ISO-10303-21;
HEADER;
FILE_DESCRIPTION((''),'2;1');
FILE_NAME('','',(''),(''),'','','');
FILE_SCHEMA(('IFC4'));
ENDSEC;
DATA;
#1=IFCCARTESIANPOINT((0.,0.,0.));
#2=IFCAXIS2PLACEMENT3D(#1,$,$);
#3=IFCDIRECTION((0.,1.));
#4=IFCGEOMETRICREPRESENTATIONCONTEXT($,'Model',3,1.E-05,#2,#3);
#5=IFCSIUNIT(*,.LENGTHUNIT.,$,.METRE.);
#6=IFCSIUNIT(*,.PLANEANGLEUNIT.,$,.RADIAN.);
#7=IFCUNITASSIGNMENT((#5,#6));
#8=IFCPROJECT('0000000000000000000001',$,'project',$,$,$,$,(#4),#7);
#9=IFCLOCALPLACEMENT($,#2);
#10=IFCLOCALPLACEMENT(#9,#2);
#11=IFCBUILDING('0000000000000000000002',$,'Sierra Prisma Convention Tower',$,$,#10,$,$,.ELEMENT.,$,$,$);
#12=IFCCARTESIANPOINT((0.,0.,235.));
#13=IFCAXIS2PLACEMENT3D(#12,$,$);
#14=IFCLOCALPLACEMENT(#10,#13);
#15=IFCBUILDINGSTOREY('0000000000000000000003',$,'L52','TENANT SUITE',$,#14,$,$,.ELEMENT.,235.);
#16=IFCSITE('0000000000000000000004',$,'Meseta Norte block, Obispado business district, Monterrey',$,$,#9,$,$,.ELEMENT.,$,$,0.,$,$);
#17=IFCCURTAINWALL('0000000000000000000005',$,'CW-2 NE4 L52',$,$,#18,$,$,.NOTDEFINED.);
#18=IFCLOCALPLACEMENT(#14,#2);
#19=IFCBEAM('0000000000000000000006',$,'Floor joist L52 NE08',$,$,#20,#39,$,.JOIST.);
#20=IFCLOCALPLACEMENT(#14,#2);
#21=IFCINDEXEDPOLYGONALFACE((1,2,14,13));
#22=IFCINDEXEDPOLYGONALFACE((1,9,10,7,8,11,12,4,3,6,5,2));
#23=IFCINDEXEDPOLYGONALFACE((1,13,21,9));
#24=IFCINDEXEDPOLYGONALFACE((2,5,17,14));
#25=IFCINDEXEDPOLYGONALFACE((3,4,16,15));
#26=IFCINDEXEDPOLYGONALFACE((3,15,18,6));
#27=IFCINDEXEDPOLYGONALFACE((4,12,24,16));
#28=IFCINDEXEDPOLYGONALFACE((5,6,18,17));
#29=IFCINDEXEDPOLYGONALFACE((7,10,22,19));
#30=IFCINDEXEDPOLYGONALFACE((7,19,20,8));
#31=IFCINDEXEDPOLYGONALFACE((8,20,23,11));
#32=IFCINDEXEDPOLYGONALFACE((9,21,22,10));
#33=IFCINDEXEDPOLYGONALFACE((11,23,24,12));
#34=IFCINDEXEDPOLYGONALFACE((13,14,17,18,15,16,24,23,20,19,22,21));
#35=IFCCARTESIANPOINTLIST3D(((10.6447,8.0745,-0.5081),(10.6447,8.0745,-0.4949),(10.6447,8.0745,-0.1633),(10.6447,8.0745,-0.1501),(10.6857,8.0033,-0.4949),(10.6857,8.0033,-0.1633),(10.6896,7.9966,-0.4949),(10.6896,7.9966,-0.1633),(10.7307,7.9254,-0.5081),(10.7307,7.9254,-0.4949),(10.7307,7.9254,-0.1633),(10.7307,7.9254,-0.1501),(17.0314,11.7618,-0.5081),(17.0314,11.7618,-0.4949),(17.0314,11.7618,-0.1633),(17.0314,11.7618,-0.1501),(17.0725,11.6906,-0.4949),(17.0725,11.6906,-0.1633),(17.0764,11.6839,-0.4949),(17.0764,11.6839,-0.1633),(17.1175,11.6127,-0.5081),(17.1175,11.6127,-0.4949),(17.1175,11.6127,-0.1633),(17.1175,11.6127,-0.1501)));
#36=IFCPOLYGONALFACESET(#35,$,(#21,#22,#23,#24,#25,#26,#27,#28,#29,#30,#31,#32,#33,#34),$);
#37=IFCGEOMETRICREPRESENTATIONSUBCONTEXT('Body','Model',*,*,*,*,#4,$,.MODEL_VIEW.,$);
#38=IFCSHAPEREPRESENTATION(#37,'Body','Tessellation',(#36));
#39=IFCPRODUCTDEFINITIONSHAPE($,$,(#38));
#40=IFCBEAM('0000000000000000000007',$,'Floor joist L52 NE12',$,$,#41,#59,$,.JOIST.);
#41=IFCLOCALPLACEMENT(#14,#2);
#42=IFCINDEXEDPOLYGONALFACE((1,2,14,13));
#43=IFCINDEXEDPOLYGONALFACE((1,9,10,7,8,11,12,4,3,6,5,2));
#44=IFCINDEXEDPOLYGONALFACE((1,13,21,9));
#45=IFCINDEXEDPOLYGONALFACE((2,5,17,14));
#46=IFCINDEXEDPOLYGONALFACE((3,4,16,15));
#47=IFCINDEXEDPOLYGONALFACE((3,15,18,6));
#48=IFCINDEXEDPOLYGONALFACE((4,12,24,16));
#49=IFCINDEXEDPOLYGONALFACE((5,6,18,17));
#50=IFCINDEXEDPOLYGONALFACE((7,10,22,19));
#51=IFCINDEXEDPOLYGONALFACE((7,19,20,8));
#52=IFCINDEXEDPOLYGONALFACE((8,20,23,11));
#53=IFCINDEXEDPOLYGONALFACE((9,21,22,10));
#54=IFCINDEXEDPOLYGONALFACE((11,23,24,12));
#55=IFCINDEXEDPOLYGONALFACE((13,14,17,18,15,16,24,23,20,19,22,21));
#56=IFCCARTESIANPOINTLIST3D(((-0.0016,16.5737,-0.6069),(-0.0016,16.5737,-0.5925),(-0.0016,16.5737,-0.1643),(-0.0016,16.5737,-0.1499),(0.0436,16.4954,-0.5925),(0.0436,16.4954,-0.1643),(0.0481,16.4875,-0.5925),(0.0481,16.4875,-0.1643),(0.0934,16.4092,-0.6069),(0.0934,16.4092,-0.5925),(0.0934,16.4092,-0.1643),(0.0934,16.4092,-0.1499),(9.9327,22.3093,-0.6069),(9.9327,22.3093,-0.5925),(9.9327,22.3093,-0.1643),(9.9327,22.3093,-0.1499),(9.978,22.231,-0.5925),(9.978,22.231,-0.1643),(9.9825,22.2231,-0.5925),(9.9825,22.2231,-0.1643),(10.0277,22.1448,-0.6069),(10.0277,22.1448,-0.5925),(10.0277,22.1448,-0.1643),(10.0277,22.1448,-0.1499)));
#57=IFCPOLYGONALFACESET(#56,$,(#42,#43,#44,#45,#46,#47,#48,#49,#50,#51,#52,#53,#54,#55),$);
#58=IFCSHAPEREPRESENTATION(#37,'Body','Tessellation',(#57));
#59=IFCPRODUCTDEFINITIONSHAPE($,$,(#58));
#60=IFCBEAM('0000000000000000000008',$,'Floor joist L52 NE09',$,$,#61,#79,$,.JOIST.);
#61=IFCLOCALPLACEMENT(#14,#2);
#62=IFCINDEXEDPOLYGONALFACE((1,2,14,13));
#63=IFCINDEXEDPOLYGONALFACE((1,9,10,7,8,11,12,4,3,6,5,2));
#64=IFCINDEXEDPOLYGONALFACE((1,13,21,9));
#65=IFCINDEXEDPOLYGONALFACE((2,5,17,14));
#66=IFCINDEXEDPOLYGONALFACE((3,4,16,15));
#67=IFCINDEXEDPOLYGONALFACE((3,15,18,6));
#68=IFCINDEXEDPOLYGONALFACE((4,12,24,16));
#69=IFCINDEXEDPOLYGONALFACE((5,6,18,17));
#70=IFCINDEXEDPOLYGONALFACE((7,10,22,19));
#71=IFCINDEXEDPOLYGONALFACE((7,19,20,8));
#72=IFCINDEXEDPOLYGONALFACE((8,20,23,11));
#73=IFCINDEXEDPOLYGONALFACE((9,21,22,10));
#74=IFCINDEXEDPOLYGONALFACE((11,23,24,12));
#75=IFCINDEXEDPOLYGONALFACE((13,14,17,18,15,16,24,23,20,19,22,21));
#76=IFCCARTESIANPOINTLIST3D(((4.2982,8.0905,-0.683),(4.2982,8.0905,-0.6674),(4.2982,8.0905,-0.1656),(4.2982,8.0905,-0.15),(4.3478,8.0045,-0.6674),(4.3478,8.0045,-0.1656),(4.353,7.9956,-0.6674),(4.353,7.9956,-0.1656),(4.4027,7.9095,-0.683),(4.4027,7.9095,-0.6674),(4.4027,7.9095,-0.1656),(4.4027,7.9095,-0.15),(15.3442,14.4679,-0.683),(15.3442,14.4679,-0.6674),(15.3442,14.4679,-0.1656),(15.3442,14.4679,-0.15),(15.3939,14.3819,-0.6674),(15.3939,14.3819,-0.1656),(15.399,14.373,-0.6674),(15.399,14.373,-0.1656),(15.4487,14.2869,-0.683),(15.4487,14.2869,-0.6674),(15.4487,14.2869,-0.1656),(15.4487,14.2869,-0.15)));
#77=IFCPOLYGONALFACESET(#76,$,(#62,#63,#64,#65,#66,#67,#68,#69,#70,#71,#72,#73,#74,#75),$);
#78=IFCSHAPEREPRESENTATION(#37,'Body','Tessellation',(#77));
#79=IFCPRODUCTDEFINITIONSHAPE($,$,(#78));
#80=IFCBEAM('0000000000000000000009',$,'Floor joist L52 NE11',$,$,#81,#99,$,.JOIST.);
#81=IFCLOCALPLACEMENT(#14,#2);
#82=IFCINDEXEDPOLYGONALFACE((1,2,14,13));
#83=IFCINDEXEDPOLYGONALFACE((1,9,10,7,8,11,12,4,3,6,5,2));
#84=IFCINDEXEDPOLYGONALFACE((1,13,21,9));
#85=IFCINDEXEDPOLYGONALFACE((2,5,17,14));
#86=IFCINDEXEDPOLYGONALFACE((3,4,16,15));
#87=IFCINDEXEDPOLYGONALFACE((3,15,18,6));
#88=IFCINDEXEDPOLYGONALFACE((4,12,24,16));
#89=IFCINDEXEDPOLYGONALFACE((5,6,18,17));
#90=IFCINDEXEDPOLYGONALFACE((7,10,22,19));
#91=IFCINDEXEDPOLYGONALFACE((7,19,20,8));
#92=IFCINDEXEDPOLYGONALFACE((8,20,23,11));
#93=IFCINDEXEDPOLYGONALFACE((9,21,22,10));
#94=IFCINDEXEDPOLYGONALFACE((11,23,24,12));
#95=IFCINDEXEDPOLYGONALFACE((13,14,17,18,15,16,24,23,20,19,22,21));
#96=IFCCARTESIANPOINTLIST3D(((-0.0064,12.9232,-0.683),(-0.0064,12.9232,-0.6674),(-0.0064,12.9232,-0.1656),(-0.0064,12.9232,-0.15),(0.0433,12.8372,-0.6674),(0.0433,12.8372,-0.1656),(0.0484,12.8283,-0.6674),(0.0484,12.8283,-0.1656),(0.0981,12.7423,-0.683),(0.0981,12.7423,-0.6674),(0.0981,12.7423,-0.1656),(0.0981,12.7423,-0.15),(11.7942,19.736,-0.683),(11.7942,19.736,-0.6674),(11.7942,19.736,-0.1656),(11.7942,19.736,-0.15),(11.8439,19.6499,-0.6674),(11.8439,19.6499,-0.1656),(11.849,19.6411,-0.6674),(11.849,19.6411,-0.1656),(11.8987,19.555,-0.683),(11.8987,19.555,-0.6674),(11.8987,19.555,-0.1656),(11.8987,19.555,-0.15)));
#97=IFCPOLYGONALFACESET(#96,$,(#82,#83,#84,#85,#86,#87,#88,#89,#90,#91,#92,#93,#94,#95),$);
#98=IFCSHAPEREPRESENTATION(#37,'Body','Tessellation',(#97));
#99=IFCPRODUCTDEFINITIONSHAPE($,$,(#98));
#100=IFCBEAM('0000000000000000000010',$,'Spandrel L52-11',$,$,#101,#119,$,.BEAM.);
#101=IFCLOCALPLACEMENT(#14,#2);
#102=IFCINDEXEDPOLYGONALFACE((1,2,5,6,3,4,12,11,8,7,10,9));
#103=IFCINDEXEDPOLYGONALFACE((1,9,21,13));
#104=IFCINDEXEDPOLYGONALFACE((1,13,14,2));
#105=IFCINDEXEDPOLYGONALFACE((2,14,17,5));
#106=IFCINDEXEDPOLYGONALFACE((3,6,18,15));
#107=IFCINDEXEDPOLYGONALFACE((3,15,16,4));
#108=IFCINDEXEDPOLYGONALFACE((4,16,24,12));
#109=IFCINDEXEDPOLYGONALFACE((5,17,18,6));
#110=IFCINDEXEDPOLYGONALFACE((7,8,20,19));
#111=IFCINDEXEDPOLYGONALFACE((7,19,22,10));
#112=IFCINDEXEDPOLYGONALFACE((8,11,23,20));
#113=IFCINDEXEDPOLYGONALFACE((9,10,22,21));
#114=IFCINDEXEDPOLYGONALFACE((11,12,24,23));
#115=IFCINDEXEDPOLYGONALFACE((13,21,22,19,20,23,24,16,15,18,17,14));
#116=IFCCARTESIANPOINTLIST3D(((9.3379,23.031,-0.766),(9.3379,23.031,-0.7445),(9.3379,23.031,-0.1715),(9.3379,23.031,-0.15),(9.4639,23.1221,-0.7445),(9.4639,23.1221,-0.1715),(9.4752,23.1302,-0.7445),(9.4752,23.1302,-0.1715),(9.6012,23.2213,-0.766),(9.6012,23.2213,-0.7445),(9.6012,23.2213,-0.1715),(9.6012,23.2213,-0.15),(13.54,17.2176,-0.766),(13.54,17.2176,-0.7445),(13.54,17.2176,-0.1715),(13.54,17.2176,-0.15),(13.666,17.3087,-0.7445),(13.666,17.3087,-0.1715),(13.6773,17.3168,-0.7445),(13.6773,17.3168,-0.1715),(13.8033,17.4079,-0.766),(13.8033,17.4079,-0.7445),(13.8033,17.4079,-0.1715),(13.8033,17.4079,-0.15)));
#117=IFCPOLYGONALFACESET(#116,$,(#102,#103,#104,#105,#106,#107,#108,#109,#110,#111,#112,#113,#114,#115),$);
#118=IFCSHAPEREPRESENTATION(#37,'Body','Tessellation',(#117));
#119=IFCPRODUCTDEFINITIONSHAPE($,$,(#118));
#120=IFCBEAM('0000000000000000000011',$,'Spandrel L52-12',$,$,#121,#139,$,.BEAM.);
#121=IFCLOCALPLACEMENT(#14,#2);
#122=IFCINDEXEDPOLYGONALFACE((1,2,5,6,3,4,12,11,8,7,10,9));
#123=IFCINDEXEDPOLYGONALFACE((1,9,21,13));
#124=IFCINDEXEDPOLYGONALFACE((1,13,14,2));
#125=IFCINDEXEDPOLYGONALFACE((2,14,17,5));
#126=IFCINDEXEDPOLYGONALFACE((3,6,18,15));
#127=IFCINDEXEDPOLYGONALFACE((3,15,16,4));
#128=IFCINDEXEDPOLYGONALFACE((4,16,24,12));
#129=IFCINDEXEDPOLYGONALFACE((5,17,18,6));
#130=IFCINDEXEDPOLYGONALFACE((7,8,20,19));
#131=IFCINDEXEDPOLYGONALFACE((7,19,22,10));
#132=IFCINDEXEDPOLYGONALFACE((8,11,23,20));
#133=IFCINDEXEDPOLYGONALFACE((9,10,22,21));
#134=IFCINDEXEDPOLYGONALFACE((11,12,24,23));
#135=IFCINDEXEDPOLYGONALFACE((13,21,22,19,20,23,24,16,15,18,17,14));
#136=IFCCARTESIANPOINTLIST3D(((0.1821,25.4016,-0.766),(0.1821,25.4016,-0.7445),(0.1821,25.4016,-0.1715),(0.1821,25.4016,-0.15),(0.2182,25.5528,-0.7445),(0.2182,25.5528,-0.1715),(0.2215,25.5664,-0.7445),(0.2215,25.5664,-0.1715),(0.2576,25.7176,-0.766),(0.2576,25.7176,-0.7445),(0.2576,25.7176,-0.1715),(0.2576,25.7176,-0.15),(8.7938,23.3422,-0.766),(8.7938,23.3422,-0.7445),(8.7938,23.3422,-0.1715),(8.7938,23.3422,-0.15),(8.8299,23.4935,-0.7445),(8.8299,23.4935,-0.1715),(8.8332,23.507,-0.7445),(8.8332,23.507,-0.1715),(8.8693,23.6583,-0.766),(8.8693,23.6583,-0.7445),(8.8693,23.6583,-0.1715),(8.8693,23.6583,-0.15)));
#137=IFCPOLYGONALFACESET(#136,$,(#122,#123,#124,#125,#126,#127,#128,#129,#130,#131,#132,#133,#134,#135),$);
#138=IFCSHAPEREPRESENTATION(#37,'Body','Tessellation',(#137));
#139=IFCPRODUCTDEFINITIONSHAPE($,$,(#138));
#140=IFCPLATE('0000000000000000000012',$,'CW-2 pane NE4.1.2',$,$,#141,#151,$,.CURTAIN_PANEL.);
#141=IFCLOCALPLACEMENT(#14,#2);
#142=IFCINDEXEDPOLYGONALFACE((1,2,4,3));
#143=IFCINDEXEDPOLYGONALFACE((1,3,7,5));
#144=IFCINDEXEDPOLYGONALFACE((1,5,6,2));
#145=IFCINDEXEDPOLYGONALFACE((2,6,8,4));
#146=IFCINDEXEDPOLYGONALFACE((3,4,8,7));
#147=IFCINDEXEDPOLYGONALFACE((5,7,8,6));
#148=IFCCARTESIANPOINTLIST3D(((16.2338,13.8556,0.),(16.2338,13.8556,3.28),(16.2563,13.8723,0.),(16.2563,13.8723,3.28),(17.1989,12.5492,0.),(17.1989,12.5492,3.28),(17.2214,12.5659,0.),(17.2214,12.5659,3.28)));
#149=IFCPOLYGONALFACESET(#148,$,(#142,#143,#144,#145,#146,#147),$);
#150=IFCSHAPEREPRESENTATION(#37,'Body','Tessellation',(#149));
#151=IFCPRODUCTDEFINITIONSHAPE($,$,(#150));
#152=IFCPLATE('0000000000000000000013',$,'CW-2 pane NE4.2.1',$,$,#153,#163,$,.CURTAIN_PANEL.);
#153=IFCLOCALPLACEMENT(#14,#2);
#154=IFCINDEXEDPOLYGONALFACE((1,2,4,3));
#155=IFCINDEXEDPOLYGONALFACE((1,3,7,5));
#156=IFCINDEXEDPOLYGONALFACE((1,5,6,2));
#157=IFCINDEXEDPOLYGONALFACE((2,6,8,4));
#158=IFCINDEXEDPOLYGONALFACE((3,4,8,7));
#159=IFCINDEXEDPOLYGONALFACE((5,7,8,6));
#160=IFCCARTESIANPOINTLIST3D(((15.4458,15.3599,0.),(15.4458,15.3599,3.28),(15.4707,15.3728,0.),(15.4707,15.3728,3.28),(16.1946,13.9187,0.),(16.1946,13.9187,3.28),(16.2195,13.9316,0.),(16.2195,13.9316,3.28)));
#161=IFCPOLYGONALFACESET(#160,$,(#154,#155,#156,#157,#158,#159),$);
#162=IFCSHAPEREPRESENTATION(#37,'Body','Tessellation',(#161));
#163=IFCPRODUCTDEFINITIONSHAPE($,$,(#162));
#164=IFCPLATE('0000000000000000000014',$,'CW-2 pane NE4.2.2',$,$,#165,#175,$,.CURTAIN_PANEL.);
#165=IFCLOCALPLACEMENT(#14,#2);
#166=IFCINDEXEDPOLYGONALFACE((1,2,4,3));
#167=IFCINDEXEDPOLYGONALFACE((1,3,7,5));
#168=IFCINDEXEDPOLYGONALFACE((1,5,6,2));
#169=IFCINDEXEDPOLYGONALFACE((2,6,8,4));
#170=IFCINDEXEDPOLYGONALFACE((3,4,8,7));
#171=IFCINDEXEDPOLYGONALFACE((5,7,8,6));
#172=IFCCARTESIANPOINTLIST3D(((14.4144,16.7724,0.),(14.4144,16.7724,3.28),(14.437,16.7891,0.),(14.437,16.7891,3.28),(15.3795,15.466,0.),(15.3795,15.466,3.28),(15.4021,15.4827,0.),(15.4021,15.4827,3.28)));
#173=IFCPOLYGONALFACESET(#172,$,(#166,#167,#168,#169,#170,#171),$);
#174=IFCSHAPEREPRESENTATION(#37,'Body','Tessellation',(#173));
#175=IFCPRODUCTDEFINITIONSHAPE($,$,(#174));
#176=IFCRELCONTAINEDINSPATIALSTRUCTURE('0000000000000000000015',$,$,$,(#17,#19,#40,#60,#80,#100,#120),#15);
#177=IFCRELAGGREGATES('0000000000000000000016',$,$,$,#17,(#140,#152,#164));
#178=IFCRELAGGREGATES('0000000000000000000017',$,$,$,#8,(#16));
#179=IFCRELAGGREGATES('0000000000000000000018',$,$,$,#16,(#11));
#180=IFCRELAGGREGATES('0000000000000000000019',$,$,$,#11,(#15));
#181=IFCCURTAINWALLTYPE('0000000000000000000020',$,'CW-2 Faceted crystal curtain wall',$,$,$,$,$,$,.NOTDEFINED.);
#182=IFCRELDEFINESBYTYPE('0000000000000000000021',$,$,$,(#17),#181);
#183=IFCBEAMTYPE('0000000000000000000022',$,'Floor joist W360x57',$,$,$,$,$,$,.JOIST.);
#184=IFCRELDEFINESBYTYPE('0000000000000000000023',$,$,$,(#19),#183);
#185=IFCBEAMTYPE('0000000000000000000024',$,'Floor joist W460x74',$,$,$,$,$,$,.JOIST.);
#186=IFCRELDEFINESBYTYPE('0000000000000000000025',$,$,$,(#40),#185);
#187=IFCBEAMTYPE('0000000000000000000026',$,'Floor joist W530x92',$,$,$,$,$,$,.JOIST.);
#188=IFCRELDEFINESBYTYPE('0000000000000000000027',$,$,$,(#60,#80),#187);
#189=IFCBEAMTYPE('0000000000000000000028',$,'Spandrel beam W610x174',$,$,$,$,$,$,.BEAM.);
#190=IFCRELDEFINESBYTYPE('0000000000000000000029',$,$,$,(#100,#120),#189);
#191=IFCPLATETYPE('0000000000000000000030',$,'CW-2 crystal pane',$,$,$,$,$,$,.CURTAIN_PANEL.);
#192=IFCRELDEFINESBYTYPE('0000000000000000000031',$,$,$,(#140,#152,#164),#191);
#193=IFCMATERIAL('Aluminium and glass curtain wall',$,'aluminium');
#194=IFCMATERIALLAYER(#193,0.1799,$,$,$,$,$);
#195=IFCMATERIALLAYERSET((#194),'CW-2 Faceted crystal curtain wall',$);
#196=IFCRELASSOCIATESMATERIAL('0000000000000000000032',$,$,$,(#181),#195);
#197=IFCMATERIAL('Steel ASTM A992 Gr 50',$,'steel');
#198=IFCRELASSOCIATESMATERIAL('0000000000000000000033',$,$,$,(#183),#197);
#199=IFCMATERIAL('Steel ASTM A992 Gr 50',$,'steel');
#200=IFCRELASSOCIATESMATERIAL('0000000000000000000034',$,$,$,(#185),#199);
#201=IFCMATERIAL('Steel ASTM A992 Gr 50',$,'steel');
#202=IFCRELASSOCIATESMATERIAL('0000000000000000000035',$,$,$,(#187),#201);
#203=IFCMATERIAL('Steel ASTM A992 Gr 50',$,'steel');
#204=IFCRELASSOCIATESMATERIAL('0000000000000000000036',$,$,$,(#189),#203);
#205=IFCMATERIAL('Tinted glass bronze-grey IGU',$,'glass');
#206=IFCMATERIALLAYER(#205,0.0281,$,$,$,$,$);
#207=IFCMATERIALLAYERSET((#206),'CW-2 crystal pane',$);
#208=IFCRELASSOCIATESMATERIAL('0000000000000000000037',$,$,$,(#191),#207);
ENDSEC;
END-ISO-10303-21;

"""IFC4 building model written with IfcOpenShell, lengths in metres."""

from ifc_helpers import new_model, si_unit, direction, frame, origin, origin_2d, place, context, subcontext, project, spatial, polyline, i_section, outline, extrude, material, layer, layer_set, material_profile, profile_set, type_object, element, aggregate, save


model = new_model("IFC4")

# Units and contexts
model_context = context("Model", 3, precision=1e-05, world=origin(), true_north=direction((0.0, 1.0)))
body_context = subcontext(model_context, "Body", "Model", "MODEL_VIEW")
ifc_project = project(units=[si_unit("LENGTHUNIT", "METRE"), si_unit("PLANEANGLEUNIT", "RADIAN")], contexts=[model_context])

# Site, building, storey
site_placement = place(None, origin())
site = spatial("IfcSite", under=ifc_project, at=site_placement, Name="Meseta Norte block, Obispado business district, Monterrey", CompositionType="ELEMENT", RefElevation=0.0)
building_placement = place(site_placement, origin())
building = spatial("IfcBuilding", under=site, at=building_placement, Name="Sierra Prisma Convention Tower", CompositionType="ELEMENT")
storey_placement = place(building_placement, frame((0.0, 0.0, 235.0)))
storey = spatial("IfcBuildingStorey", under=building, at=storey_placement, Name="L52", Description="TENANT SUITE", CompositionType="ELEMENT", Elevation=235.0)

# Curtain wall
ifc_material_1 = material(Name="Aluminium and glass curtain wall", Category="aluminium")
ifc_layer_1 = layer(ifc_material_1, 0.1799)
ifc_layer_set_1 = layer_set([ifc_layer_1], Name="CW-2 Faceted crystal curtain wall")
curtain_wall_type = type_object("IfcCurtainWallType", Name="CW-2 Faceted crystal curtain wall", PredefinedType="NOTDEFINED", material=ifc_layer_set_1)
curtain_wall_1_placement = place(storey_placement, origin())
curtain_wall_1 = element("IfcCurtainWall", 1, at=curtain_wall_1_placement, inside=storey, type_object=curtain_wall_type, Name="CW-2 NE4 L52", PredefinedType="NOTDEFINED")

# Beams
ifc_material_2 = material(Name="Steel ASTM A992 Gr 50", Category="steel")
ifc_material_profile_1 = material_profile(ifc_material_2, i_section(OverallWidth=0.1721, OverallDepth=0.3579, WebThickness=0.0078, FlangeThickness=0.0132, at=origin_2d()), Name="W360x57")
ifc_profile_set_1 = profile_set([ifc_material_profile_1], Name="Steel ASTM A992 Gr 50")
beam_type_1 = type_object("IfcBeamType", Name="Floor joist W360x57", PredefinedType="JOIST", material=ifc_profile_set_1)
beam_1_placement = place(storey_placement, frame((17.0745, 11.6873, -0.3291), z_axis=(-0.866032, -0.499988, 0.0), x_axis=(0.499988, -0.866032, 0.0)))
element("IfcBeam", 2, at=beam_1_placement, inside=storey, type_object=beam_type_1, Name="Floor joist L52 NE08", PredefinedType="JOIST", context=body_context, shape_type="SweptSolid", body=[
    extrude(i_section(OverallWidth=0.1721, OverallDepth=0.3579, WebThickness=0.0078, FlangeThickness=0.0132, at=origin_2d()), origin(), (0.0, 0.0, 1.0), 7.3748),
])
ifc_material_3 = material(Name="Steel ASTM A992 Gr 50", Category="steel")
ifc_material_profile_2 = material_profile(ifc_material_3, i_section(OverallWidth=0.1899, OverallDepth=0.457, WebThickness=0.009, FlangeThickness=0.0144, at=origin_2d()), Name="W460x74")
ifc_profile_set_2 = profile_set([ifc_material_profile_2], Name="Steel ASTM A992 Gr 50")
beam_type_2 = type_object("IfcBeamType", Name="Floor joist W460x74", PredefinedType="JOIST", material=ifc_profile_set_2)
beam_2_placement = place(storey_placement, frame((9.9802, 22.2271, -0.3784), z_axis=(-0.866025, -0.500001, 0.0), x_axis=(0.500001, -0.866025, 0.0)))
element("IfcBeam", 3, at=beam_2_placement, inside=storey, type_object=beam_type_2, Name="Floor joist L52 NE12", PredefinedType="JOIST", context=body_context, shape_type="SweptSolid", body=[
    extrude(i_section(OverallWidth=0.1899, OverallDepth=0.457, WebThickness=0.009, FlangeThickness=0.0144, at=origin_2d()), origin(), (0.0, 0.0, 1.0), 11.4712),
])
ifc_material_4 = material(Name="Steel ASTM A992 Gr 50", Category="steel")
ifc_material_profile_3 = material_profile(ifc_material_4, i_section(OverallWidth=0.209, OverallDepth=0.533, WebThickness=0.0103, FlangeThickness=0.0156, at=origin_2d()), Name="W530x92")
ifc_profile_set_3 = profile_set([ifc_material_profile_3], Name="Steel ASTM A992 Gr 50")
beam_type_3 = type_object("IfcBeamType", Name="Floor joist W530x92", PredefinedType="JOIST", material=ifc_profile_set_3)
beam_3_placement = place(storey_placement, frame((15.3965, 14.3774, -0.4165), z_axis=(-0.866027, -0.499997, 0.0), x_axis=(0.499997, -0.866027, 0.0)))
element("IfcBeam", 4, at=beam_3_placement, inside=storey, type_object=beam_type_3, Name="Floor joist L52 NE09", PredefinedType="JOIST", context=body_context, shape_type="SweptSolid", body=[
    extrude(i_section(OverallWidth=0.209, OverallDepth=0.533, WebThickness=0.0103, FlangeThickness=0.0156, at=origin_2d()), origin(), (0.0, 0.0, 1.0), 12.7549),
])
beam_4_placement = place(storey_placement, frame((11.8464, 19.6455, -0.4165), z_axis=(-0.866035, -0.499984, 0.0), x_axis=(0.499984, -0.866035, 0.0)))
element("IfcBeam", 5, at=beam_4_placement, inside=storey, type_object=beam_type_3, Name="Floor joist L52 NE11", PredefinedType="JOIST", context=body_context, shape_type="SweptSolid", body=[
    extrude(i_section(OverallWidth=0.209, OverallDepth=0.533, WebThickness=0.0103, FlangeThickness=0.0156, at=origin_2d()), origin(), (0.0, 0.0, 1.0), 13.626),
])
ifc_material_5 = material(Name="Steel ASTM A992 Gr 50", Category="steel")
ifc_material_profile_4 = material_profile(ifc_material_5, i_section(OverallWidth=0.325, OverallDepth=0.616, WebThickness=0.0139, FlangeThickness=0.0215, at=origin_2d()), Name="W610x174")
ifc_profile_set_4 = profile_set([ifc_material_profile_4], Name="Steel ASTM A992 Gr 50")
beam_type_4 = type_object("IfcBeamType", Name="Spandrel beam W610x174", PredefinedType="BEAM", material=ifc_profile_set_4)
beam_5_placement = place(storey_placement, frame((13.6716, 17.3127, -0.458), z_axis=(-0.585814, 0.810446, 0.0), x_axis=(-0.810446, -0.585814, 0.0)))
element("IfcBeam", 6, at=beam_5_placement, inside=storey, type_object=beam_type_4, Name="Spandrel L52-11", PredefinedType="BEAM", context=body_context, shape_type="SweptSolid", body=[
    extrude(i_section(OverallWidth=0.325, OverallDepth=0.616, WebThickness=0.0139, FlangeThickness=0.0215, at=origin_2d()), origin(), (0.0, 0.0, 1.0), 7.1731),
])
beam_6_placement = place(storey_placement, frame((8.8315, 23.5002, -0.458), z_axis=(-0.972578, 0.232577, 0.0), x_axis=(-0.232577, -0.972578, 0.0)))
element("IfcBeam", 7, at=beam_6_placement, inside=storey, type_object=beam_type_4, Name="Spandrel L52-12", PredefinedType="BEAM", context=body_context, shape_type="SweptSolid", body=[
    extrude(i_section(OverallWidth=0.325, OverallDepth=0.616, WebThickness=0.0139, FlangeThickness=0.0215, at=origin_2d()), origin(), (0.0, 0.0, 1.0), 8.8545),
])

# Plates
ifc_material_6 = material(Name="Tinted glass bronze-grey IGU", Category="glass")
ifc_layer_2 = layer(ifc_material_6, 0.0281)
ifc_layer_set_2 = layer_set([ifc_layer_2], Name="CW-2 crystal pane")
plate_type = type_object("IfcPlateType", Name="CW-2 crystal pane", PredefinedType="CURTAIN_PANEL", material=ifc_layer_set_2)
plate_1_placement = place(storey_placement, frame((16.2563, 13.8723, 0.0), z_axis=(0.804326, 0.594188, 0.0), x_axis=(0.594188, -0.804326, 0.0)))
plate_1 = element("IfcPlate", 8, at=plate_1_placement, type_object=plate_type, Name="CW-2 pane NE4.1.2", PredefinedType="CURTAIN_PANEL", context=body_context, shape_type="SweptSolid", body=[
    extrude(outline(polyline([(0.0, 0.0), (1.6242, 0.0), (1.6242, -3.28), (0.0, -3.28), (0.0, 0.0)])), origin(), (0.0, 0.0, -1.0), 0.0281),
])
plate_2_placement = place(storey_placement, frame((16.2195, 13.9316, 0.0), z_axis=(0.887374, 0.46105, 0.0), x_axis=(-0.46105, 0.887374, 0.0)))
plate_2 = element("IfcPlate", 9, at=plate_2_placement, type_object=plate_type, Name="CW-2 pane NE4.2.1", PredefinedType="CURTAIN_PANEL", context=body_context, shape_type="SweptSolid", body=[
    extrude(outline(polyline([(0.0, 0.0), (1.6241, 0.0), (1.6241, 3.28), (0.0, 3.28), (0.0, 0.0)])), origin(), (0.0, 0.0, -1.0), 0.0281),
])
plate_3_placement = place(storey_placement, frame((14.437, 16.7891, 0.0), z_axis=(0.804326, 0.594188, 0.0), x_axis=(0.594188, -0.804326, 0.0)))
plate_3 = element("IfcPlate", 10, at=plate_3_placement, type_object=plate_type, Name="CW-2 pane NE4.2.2", PredefinedType="CURTAIN_PANEL", context=body_context, shape_type="SweptSolid", body=[
    extrude(outline(polyline([(0.0, 0.0), (1.6242, 0.0), (1.6242, -3.28), (0.0, -3.28), (0.0, 0.0)])), origin(), (0.0, 0.0, -1.0), 0.0281),
])
aggregate(curtain_wall_1, [plate_1, plate_2, plate_3])

save(model, "model.ifc")
